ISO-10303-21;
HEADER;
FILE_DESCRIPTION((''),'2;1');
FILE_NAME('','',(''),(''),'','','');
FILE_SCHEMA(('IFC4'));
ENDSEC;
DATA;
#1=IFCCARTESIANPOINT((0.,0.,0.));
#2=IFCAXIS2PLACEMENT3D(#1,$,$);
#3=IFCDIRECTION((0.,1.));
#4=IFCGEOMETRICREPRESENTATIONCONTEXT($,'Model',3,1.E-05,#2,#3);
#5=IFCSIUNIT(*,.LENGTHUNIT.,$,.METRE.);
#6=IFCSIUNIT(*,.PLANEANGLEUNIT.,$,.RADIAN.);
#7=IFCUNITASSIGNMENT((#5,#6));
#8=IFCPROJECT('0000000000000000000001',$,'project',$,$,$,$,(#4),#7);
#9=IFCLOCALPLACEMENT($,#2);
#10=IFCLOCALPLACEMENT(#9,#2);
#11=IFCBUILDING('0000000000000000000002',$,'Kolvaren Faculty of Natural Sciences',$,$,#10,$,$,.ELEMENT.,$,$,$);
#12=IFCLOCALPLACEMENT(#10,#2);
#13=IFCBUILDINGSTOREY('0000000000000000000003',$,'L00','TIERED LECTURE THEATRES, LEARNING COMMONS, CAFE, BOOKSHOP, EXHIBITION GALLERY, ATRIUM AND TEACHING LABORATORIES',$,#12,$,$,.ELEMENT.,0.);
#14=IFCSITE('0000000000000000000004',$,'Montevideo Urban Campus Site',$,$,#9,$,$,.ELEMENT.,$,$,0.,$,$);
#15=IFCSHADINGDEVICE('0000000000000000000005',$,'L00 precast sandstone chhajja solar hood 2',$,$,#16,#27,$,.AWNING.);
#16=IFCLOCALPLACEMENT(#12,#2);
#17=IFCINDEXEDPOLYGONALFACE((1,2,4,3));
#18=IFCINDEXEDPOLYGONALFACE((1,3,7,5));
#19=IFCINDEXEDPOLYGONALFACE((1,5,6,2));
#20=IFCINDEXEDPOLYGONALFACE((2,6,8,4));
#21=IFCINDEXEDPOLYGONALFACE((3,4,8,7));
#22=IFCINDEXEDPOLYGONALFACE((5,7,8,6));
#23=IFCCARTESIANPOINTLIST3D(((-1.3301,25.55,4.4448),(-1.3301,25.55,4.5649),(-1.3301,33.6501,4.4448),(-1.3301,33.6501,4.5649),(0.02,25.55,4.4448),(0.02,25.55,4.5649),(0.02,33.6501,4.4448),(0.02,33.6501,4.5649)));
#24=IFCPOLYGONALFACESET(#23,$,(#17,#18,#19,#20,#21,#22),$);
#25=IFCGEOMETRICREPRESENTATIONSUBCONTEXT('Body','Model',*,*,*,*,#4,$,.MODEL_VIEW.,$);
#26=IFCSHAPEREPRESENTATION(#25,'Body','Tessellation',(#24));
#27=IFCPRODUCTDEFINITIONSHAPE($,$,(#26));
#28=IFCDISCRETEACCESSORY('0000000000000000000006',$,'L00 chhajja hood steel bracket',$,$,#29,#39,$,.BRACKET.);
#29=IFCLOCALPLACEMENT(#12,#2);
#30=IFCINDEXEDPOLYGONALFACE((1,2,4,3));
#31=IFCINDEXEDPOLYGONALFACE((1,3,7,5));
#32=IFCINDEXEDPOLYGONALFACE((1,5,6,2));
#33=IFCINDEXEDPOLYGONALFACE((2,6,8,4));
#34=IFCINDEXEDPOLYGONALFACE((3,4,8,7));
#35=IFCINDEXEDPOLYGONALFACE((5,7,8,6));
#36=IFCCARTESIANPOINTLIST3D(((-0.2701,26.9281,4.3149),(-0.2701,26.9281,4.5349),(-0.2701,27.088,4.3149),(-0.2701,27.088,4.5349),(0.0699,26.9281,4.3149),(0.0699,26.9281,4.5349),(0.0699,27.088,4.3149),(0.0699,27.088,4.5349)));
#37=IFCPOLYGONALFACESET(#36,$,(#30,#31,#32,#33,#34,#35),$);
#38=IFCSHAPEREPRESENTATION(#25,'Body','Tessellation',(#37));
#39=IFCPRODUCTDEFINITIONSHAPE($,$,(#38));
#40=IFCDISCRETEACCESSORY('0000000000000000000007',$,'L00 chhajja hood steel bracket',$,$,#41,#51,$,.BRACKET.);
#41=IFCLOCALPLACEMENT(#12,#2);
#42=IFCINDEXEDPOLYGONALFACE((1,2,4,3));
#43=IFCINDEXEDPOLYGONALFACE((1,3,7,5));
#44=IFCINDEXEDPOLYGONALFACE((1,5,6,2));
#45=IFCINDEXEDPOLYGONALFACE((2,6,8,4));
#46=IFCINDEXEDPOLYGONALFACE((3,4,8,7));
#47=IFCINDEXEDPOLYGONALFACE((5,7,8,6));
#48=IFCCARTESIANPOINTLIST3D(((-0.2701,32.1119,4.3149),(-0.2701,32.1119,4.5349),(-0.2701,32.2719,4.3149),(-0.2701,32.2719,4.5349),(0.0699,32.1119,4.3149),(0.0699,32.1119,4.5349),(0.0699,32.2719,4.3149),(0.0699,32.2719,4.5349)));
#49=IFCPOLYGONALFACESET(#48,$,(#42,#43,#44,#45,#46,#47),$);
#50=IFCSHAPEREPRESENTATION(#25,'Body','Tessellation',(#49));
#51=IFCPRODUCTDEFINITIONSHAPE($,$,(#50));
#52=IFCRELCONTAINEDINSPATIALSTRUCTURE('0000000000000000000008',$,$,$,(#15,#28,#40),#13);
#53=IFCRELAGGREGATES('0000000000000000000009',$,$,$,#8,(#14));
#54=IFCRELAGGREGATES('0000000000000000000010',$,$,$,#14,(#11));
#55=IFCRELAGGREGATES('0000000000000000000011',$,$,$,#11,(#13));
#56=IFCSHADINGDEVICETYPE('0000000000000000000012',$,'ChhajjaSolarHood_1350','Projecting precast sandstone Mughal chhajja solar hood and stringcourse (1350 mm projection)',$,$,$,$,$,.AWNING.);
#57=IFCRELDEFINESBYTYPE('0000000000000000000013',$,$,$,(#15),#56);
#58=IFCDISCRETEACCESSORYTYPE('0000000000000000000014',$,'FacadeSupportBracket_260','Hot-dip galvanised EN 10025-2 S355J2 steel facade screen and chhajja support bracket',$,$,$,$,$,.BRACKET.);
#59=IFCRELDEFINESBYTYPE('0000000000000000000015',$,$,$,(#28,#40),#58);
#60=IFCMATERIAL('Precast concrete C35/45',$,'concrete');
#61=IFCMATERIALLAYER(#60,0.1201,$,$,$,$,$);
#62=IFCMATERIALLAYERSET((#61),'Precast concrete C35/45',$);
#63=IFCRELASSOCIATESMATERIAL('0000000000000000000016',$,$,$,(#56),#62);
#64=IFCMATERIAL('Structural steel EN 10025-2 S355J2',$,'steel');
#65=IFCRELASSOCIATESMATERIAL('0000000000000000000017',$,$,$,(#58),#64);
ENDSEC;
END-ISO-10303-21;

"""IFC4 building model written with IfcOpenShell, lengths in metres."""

from ifc_helpers import new_model, si_unit, direction, frame, origin, origin_2d, place, context, subcontext, project, spatial, rectangle, extrude, material, layer, layer_set, type_object, element, save


model = new_model("IFC4")

# Units and contexts
model_context = context("Model", 3, precision=1e-05, world=origin(), true_north=direction((0.0, 1.0)))
body_context = subcontext(model_context, "Body", "Model", "MODEL_VIEW")
ifc_project = project(units=[si_unit("LENGTHUNIT", "METRE"), si_unit("PLANEANGLEUNIT", "RADIAN")], contexts=[model_context])

# Site, building, storey
site_placement = place(None, origin())
site = spatial("IfcSite", under=ifc_project, at=site_placement, Name="Montevideo Urban Campus Site", CompositionType="ELEMENT", RefElevation=0.0)
building_placement = place(site_placement, origin())
building = spatial("IfcBuilding", under=site, at=building_placement, Name="Kolvaren Faculty of Natural Sciences", CompositionType="ELEMENT")
storey_placement = place(building_placement, origin())
storey = spatial("IfcBuildingStorey", under=building, at=storey_placement, Name="L00", Description="TIERED LECTURE THEATRES, LEARNING COMMONS, CAFE, BOOKSHOP, EXHIBITION GALLERY, ATRIUM AND TEACHING LABORATORIES", CompositionType="ELEMENT", Elevation=0.0)

# Shading device
ifc_material_1 = material(Name="Precast concrete C35/45", Category="concrete")
ifc_layer_1 = layer(ifc_material_1, 0.1201)
ifc_layer_set_1 = layer_set([ifc_layer_1], Name="Precast concrete C35/45")
shading_device_type = type_object("IfcShadingDeviceType", Name="ChhajjaSolarHood_1350", Description="Projecting precast sandstone Mughal chhajja solar hood and stringcourse (1350 mm projection)", PredefinedType="AWNING", material=ifc_layer_set_1)
shading_device_placement = place(storey_placement, frame((-0.655, 29.6001, 4.4448), z_axis=(0.0, 0.0, 1.0), x_axis=(0.0, 1.0, 0.0)))
element("IfcShadingDevice", 1, at=shading_device_placement, inside=storey, type_object=shading_device_type, Name="L00 precast sandstone chhajja solar hood 2", PredefinedType="AWNING", context=body_context, shape_type="SweptSolid", body=[
    extrude(rectangle(XDim=8.1001, YDim=1.3501, at=origin_2d()), origin(), (0.0, 0.0, 1.0), 0.1201),
])

# Discrete accessories
ifc_material_2 = material(Name="Structural steel EN 10025-2 S355J2", Category="steel")
discrete_accessory_type = type_object("IfcDiscreteAccessoryType", Name="FacadeSupportBracket_260", Description="Hot-dip galvanised EN 10025-2 S355J2 steel facade screen and chhajja support bracket", PredefinedType="BRACKET", material=ifc_material_2)
for number, where, z_axis, x_axis, name in (
    (2, (-0.1001, 27.0081, 4.3149), (0.0, 0.0, 1.0), (0.0, 1.0, 0.0), "L00 chhajja hood steel bracket"),
    (3, (-0.1001, 32.1919, 4.3149), (0.0, 0.0, 1.0), (0.0, 1.0, 0.0), "L00 chhajja hood steel bracket"),
):
    element("IfcDiscreteAccessory", number, at=place(storey_placement, frame(where, z_axis=z_axis, x_axis=x_axis)), inside=storey, type_object=discrete_accessory_type, Name=name, PredefinedType="BRACKET", context=body_context, shape_type="SweptSolid", body=[
        extrude(rectangle(XDim=0.1599, YDim=0.3401, at=origin_2d()), origin(), (0.0, 0.0, 1.0), 0.22),
    ])

save(model, "model.ifc")
